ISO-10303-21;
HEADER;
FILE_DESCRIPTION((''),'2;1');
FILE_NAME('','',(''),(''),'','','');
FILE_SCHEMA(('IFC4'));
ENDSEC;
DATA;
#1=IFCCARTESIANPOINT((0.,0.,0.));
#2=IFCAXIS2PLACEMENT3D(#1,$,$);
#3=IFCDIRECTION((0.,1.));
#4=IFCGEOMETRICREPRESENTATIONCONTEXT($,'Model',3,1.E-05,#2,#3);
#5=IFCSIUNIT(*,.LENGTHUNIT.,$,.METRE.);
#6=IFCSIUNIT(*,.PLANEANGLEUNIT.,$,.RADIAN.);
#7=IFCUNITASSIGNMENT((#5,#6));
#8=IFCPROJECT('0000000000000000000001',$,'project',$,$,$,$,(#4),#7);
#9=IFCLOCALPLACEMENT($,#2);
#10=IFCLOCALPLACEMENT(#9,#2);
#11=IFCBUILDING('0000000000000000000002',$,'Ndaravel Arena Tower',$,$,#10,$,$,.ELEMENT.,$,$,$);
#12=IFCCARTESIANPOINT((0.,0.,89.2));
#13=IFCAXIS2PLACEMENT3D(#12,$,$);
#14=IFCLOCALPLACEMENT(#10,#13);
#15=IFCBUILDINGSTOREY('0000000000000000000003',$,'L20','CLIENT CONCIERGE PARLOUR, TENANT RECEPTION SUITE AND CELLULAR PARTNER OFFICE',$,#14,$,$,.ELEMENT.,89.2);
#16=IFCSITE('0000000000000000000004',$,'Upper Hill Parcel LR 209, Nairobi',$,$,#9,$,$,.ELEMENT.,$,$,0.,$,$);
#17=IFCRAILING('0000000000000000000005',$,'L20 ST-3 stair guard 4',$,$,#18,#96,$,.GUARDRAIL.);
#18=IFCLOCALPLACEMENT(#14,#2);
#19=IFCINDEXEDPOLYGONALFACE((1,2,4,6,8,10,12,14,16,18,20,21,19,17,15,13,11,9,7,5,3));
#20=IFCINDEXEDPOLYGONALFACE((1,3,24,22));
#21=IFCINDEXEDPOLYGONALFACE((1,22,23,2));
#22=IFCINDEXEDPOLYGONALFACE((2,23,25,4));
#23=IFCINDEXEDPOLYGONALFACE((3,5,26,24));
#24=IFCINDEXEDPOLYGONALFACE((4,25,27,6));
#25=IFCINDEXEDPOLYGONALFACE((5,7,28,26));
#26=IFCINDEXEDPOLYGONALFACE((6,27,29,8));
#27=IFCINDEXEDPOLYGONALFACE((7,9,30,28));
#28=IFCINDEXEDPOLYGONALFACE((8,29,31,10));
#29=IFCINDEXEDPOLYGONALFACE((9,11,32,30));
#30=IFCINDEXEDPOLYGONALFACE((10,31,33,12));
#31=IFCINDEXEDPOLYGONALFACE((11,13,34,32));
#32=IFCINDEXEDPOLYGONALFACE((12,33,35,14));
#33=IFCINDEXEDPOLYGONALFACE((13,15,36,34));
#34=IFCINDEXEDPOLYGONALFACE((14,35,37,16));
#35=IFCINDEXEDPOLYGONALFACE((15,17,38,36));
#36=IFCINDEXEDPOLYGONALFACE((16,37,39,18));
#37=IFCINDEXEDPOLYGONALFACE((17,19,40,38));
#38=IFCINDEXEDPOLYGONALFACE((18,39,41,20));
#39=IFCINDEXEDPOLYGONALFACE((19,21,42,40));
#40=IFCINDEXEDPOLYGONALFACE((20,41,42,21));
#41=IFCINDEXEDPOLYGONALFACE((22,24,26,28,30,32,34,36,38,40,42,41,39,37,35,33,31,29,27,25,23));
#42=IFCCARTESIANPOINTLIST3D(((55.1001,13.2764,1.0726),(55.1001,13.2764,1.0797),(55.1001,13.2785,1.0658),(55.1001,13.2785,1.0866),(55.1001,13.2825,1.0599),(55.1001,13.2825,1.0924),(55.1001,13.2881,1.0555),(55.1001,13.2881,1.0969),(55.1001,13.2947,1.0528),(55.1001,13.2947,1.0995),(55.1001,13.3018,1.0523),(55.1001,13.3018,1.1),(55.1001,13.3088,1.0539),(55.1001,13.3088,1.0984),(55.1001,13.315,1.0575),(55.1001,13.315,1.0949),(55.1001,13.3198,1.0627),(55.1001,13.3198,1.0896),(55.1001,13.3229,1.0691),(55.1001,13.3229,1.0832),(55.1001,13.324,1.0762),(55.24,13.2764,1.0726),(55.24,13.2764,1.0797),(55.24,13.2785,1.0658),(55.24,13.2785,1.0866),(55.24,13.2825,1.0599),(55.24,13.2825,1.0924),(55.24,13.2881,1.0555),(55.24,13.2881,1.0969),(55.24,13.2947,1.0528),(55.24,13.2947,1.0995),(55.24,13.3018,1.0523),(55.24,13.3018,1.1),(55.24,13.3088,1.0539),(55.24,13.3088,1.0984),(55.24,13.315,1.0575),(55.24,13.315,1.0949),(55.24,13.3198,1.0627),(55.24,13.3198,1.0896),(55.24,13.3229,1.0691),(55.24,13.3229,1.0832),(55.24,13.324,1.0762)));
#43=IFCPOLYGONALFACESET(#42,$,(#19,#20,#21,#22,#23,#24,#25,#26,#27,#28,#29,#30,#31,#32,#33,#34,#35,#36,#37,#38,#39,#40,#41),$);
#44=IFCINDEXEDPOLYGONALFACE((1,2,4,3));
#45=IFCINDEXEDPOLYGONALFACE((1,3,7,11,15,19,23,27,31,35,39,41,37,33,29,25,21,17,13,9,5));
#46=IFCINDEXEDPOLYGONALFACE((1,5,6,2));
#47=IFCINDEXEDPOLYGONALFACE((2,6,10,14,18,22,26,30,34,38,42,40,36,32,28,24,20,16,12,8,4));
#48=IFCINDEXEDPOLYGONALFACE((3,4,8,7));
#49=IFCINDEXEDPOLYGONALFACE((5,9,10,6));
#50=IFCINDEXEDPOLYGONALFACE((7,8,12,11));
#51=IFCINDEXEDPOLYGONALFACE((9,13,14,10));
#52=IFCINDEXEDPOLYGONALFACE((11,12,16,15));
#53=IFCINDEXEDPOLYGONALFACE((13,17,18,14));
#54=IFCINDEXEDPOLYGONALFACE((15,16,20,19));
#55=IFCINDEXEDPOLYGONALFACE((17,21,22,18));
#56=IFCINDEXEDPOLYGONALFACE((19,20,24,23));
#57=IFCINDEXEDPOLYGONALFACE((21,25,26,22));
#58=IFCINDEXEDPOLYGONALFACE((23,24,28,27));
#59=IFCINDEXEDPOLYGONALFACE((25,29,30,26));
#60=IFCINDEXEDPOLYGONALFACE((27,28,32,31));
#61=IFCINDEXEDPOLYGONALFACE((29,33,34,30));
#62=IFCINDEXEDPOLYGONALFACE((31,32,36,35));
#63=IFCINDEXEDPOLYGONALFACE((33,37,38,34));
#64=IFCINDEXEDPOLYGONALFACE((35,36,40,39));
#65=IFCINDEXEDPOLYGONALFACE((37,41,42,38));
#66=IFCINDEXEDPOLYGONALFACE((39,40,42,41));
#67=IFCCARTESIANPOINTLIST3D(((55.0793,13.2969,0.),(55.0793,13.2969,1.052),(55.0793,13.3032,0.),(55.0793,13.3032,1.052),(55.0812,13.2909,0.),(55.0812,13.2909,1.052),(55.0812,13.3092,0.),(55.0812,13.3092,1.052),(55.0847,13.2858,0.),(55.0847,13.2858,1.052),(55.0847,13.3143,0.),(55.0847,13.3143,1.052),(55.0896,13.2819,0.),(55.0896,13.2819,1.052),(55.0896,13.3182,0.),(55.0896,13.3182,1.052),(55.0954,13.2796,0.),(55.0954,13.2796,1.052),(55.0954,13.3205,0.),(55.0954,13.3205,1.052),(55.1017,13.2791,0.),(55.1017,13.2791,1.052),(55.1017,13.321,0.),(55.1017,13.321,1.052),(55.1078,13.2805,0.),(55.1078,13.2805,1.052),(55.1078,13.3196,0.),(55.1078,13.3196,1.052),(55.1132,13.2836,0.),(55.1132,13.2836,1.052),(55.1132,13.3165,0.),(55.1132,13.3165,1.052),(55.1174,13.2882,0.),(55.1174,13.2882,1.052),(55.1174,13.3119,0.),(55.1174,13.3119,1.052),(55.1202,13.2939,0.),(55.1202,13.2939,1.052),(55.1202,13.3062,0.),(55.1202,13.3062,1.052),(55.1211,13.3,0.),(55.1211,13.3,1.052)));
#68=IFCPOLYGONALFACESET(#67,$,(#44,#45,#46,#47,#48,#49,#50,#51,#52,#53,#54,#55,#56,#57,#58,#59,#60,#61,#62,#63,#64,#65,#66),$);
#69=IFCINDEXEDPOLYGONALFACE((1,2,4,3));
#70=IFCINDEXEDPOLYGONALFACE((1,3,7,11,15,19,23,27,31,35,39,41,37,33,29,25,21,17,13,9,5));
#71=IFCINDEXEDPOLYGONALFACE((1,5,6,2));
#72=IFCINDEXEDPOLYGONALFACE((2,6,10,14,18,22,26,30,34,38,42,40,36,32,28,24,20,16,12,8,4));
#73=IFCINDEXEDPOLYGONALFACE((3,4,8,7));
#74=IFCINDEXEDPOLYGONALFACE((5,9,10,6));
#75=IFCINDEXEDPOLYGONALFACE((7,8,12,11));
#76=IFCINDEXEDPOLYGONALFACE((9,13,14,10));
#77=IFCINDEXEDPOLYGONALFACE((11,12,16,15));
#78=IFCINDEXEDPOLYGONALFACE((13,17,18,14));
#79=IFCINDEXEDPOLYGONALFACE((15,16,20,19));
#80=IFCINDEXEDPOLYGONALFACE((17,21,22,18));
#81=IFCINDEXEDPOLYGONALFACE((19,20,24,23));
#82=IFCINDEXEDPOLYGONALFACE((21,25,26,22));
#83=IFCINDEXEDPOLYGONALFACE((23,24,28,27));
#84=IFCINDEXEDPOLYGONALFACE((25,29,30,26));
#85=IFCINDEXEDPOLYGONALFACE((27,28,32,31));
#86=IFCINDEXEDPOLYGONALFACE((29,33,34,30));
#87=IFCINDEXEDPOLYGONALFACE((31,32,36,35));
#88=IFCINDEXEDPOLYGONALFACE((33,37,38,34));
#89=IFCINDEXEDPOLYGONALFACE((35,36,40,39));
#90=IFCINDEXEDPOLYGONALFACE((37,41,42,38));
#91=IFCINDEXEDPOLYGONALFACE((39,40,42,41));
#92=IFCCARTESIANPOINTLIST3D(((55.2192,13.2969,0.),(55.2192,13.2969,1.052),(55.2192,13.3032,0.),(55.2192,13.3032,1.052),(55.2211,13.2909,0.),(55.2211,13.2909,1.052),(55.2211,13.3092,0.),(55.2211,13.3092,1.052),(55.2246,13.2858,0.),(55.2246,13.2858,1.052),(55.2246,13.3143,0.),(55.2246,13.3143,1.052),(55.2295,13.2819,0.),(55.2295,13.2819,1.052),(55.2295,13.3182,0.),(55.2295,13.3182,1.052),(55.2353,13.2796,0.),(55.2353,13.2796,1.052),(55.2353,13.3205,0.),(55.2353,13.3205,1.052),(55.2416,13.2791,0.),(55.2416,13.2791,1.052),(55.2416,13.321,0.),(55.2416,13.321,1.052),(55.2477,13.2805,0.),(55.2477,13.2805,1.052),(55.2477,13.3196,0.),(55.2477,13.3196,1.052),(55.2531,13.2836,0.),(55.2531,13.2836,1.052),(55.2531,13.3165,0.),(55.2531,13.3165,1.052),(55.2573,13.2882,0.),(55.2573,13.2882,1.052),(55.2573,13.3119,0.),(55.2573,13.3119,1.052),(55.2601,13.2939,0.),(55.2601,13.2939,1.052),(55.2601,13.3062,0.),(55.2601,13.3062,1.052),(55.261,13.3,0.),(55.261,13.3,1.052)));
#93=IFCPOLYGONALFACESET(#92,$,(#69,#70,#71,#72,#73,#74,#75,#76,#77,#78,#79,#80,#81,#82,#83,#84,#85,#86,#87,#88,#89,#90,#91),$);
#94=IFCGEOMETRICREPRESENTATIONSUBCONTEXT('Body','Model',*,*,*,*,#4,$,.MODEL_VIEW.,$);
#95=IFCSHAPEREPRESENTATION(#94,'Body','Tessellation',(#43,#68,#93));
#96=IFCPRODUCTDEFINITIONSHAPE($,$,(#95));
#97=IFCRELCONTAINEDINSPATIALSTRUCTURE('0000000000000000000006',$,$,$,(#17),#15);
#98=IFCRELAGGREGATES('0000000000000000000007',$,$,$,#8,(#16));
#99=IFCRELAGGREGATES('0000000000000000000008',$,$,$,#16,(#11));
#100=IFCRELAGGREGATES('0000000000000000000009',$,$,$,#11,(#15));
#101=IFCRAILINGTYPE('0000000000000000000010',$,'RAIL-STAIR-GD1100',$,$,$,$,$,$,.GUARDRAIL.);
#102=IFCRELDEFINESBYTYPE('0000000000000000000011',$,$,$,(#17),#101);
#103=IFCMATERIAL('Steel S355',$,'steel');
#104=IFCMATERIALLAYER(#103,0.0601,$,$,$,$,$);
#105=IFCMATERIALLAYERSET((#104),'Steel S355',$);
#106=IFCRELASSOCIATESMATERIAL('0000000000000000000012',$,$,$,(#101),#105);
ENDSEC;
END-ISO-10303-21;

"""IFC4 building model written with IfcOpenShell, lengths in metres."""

from ifc_helpers import new_model, si_unit, direction, frame, origin, origin_2d, place, context, subcontext, project, spatial, circle, extrude, material, layer, layer_set, type_object, element, save


model = new_model("IFC4")

# Units and contexts
model_context = context("Model", 3, precision=1e-05, world=origin(), true_north=direction((0.0, 1.0)))
body_context = subcontext(model_context, "Body", "Model", "MODEL_VIEW")
ifc_project = project(units=[si_unit("LENGTHUNIT", "METRE"), si_unit("PLANEANGLEUNIT", "RADIAN")], contexts=[model_context])

# Site, building, storey
site_placement = place(None, origin())
site = spatial("IfcSite", under=ifc_project, at=site_placement, Name="Upper Hill Parcel LR 209, Nairobi", CompositionType="ELEMENT", RefElevation=0.0)
building_placement = place(site_placement, origin())
building = spatial("IfcBuilding", under=site, at=building_placement, Name="Ndaravel Arena Tower", CompositionType="ELEMENT")
storey_placement = place(building_placement, frame((0.0, 0.0, 89.2)))
storey = spatial("IfcBuildingStorey", under=building, at=storey_placement, Name="L20", Description="CLIENT CONCIERGE PARLOUR, TENANT RECEPTION SUITE AND CELLULAR PARTNER OFFICE", CompositionType="ELEMENT", Elevation=89.2)

# Railing
ifc_material_1 = material(Name="Steel S355", Category="steel")
ifc_layer_1 = layer(ifc_material_1, 0.0601)
ifc_layer_set_1 = layer_set([ifc_layer_1], Name="Steel S355")
railing_type_1 = type_object("IfcRailingType", Name="RAIL-STAIR-GD1100", PredefinedType="GUARDRAIL", material=ifc_layer_set_1)
railing_1_placement = place(storey_placement, frame((55.1001, 13.3, 0.0)))
element("IfcRailing", 1, at=railing_1_placement, inside=storey, type_object=railing_type_1, Name="L20 ST-3 stair guard 4", PredefinedType="GUARDRAIL", context=body_context, shape_type="SweptSolid", body=[
    extrude(circle(Radius=0.0239, at=origin_2d()), frame((0.0, 0.0, 1.0762), z_axis=(1.0, 0.0, 0.0), x_axis=(0.0, 1.0, 0.0)), (0.0, 0.0, 1.0), 0.1399),
    extrude(circle(Radius=0.021, at=origin_2d()), origin(), (0.0, 0.0, 1.0), 1.052),
    extrude(circle(Radius=0.021, at=origin_2d()), frame((0.1399, 0.0, 0.0)), (0.0, 0.0, 1.0), 1.052),
])

save(model, "model.ifc")
